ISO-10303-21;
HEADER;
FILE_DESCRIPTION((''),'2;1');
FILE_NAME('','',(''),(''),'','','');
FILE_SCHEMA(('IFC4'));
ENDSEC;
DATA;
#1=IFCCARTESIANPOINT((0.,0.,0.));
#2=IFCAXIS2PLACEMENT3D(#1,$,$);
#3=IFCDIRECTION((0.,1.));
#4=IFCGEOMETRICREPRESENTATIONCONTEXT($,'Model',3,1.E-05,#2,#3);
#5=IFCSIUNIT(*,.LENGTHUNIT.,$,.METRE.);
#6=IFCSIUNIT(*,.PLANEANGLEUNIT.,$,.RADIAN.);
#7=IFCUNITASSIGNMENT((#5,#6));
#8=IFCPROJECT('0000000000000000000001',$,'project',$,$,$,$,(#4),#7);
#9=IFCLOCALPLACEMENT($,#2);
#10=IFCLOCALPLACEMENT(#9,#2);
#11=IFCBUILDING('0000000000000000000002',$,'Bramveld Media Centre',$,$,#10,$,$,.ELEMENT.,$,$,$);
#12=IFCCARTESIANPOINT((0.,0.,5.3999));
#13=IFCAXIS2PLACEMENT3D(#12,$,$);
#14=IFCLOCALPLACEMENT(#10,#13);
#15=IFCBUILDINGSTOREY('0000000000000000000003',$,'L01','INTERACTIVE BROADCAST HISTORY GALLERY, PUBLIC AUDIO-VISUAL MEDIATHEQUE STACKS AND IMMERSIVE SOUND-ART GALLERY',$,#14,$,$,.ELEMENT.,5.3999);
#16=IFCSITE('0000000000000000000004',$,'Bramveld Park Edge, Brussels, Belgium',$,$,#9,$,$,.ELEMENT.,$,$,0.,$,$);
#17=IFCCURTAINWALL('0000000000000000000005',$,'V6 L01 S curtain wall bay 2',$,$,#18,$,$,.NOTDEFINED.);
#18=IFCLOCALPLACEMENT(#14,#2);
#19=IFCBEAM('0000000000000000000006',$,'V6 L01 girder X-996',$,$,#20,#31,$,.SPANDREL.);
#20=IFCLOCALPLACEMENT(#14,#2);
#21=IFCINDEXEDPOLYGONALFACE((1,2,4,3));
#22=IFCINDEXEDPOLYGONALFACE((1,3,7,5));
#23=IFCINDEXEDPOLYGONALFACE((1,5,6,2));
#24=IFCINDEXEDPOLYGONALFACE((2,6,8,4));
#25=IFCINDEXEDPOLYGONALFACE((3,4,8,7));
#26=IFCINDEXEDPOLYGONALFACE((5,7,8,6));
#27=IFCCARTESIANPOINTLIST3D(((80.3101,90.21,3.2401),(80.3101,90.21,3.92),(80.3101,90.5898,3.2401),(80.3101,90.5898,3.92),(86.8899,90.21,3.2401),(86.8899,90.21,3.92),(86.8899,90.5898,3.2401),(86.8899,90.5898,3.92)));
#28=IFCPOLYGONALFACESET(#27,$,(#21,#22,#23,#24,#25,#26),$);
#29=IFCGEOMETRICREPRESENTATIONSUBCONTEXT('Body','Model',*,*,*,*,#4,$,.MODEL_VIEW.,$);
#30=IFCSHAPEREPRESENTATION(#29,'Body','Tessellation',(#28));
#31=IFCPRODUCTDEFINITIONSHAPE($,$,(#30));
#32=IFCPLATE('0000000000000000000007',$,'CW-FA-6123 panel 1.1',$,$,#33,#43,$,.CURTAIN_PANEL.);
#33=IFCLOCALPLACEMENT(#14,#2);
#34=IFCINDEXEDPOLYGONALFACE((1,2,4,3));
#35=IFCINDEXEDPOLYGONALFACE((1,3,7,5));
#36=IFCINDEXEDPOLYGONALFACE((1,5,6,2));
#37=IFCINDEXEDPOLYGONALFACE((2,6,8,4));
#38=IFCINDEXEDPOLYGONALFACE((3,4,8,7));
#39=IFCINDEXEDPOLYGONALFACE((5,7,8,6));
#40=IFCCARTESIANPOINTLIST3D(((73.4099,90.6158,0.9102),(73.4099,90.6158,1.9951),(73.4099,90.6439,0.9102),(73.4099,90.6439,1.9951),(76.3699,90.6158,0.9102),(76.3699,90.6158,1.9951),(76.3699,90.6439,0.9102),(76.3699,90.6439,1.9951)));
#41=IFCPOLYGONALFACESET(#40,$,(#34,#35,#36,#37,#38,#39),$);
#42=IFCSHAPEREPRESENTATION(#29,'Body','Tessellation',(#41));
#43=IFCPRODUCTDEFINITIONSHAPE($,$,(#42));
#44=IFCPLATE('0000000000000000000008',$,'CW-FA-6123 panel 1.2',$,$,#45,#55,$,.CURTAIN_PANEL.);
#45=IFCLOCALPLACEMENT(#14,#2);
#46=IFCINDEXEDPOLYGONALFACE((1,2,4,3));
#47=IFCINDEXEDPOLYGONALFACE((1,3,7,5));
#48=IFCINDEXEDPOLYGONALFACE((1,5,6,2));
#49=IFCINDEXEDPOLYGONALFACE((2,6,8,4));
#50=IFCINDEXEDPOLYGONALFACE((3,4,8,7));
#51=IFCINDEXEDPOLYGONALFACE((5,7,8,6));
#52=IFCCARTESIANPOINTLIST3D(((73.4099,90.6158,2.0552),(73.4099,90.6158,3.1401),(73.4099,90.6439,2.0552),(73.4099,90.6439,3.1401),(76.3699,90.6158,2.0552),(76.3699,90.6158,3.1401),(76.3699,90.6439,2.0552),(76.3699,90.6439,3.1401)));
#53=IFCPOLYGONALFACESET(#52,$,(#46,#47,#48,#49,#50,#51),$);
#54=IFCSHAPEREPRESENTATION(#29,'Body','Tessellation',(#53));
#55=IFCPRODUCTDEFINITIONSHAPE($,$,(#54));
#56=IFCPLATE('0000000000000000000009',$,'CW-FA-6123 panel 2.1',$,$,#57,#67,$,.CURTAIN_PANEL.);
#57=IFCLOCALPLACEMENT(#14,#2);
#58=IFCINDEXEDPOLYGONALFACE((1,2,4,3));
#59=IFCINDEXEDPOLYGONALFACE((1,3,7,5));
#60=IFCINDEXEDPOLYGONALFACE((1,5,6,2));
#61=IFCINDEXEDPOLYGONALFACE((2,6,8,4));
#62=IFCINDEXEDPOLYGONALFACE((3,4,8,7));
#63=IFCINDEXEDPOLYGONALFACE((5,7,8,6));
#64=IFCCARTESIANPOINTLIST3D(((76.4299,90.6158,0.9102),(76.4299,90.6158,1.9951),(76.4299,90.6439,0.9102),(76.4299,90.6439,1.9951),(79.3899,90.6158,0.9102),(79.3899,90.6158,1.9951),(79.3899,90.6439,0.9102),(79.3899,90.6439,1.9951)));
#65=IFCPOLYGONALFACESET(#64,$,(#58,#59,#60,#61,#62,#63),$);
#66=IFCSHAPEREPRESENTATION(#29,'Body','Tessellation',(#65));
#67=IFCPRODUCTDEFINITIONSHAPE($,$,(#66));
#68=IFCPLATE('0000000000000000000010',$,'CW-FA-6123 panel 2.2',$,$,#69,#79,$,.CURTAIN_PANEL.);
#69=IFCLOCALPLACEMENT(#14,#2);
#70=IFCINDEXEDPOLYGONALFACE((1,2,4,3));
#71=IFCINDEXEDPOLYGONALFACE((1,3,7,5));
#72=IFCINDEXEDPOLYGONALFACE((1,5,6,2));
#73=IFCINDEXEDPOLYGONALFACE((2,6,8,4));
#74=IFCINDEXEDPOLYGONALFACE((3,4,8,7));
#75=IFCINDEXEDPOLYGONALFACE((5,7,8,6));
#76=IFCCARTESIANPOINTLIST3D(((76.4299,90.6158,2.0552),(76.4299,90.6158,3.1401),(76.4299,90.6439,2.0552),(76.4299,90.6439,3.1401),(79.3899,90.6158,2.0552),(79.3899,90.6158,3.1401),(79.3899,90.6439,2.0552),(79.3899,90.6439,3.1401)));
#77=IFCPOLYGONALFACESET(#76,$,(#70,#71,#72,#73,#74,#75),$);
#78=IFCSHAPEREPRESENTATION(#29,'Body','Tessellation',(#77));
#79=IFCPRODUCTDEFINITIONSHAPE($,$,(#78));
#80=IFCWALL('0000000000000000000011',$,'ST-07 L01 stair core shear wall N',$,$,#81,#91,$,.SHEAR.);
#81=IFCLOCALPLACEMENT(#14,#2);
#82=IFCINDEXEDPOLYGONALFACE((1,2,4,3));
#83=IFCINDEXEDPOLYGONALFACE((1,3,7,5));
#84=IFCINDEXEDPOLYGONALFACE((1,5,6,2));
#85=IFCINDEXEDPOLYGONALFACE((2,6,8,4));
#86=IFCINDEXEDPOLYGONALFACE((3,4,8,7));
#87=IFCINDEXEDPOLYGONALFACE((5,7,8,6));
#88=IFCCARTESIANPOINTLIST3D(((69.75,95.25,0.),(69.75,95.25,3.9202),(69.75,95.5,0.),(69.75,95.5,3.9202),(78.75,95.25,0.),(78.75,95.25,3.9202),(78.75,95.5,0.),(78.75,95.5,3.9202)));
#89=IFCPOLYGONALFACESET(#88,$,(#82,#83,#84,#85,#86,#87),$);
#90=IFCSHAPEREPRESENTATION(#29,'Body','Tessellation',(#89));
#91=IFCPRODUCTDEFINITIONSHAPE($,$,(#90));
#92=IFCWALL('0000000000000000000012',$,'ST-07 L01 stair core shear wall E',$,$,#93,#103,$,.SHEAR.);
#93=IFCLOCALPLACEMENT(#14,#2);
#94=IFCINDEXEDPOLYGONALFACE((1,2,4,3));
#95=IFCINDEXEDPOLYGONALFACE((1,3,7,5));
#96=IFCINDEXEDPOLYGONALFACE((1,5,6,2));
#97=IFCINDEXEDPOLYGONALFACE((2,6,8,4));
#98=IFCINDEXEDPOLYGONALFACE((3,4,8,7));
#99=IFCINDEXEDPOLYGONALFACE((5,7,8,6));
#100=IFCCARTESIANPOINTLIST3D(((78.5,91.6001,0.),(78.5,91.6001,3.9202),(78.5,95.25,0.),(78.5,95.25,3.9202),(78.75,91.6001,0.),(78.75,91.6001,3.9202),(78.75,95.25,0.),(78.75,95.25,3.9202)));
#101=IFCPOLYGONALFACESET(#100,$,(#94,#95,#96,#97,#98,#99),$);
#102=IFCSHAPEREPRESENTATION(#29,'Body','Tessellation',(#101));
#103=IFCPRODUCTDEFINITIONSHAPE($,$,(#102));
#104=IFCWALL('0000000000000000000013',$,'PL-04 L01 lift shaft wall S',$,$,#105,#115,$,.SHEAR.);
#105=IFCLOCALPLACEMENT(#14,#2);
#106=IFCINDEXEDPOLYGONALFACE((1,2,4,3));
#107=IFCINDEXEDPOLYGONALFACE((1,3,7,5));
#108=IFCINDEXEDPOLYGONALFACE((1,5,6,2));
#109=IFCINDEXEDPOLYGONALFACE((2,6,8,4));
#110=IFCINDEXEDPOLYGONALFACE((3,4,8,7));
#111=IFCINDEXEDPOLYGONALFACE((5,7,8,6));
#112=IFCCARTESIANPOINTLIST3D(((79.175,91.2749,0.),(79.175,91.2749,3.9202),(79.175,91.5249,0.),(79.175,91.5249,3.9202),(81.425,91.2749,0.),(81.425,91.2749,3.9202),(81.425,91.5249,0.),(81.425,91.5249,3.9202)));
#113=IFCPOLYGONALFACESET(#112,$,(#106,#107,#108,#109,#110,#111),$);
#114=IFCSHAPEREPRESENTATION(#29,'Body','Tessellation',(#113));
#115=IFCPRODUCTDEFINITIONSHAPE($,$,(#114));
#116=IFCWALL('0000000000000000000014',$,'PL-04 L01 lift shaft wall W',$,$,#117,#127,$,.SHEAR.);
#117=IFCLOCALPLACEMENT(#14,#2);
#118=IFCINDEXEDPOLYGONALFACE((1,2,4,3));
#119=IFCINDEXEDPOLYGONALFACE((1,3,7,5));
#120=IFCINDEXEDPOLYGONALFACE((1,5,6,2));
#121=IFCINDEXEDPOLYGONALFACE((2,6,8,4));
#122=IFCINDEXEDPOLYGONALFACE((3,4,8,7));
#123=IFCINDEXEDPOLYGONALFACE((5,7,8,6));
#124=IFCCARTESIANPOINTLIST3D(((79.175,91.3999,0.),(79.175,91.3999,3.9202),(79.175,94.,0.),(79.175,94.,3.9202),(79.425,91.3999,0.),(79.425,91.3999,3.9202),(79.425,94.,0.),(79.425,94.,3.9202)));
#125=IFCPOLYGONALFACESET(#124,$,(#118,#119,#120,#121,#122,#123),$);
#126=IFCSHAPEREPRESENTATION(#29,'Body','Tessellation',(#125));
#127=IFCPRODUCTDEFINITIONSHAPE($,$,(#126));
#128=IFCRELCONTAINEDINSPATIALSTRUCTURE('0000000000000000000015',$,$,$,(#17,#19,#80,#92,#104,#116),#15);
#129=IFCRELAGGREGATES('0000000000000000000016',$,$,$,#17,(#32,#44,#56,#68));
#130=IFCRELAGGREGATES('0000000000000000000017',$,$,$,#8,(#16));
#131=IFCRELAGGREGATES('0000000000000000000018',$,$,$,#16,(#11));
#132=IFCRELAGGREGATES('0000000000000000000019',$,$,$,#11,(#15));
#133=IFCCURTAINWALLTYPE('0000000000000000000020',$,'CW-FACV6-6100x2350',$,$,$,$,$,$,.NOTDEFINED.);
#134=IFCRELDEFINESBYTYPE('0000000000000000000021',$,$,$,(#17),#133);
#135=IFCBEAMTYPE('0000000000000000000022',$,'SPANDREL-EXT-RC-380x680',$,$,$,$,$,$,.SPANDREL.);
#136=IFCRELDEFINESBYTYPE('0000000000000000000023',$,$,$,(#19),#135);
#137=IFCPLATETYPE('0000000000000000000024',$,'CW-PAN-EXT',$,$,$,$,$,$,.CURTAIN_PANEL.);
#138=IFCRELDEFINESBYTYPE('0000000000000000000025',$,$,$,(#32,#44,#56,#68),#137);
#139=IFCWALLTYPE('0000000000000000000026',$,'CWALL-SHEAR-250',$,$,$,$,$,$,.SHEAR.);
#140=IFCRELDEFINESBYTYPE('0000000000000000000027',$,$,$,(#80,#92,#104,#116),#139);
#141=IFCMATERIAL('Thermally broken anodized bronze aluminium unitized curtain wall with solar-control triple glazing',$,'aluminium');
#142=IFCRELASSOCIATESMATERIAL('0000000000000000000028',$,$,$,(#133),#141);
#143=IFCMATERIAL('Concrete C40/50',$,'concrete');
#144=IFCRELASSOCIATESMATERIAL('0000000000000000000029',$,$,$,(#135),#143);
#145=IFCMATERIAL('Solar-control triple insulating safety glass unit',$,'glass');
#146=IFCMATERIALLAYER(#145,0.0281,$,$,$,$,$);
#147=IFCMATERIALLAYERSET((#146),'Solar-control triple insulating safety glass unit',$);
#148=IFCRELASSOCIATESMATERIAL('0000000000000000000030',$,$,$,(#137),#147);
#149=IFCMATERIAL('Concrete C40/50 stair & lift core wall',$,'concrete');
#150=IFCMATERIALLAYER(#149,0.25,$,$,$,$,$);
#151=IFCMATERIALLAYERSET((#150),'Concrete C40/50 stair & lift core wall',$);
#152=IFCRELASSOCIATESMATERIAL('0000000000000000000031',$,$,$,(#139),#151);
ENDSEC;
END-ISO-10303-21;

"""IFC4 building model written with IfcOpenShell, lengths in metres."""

from ifc_helpers import new_model, si_unit, direction, frame, frame_2d, origin, origin_2d, place, context, subcontext, project, spatial, rectangle, extrude, material, layer, layer_set, material_profile, profile_set, type_object, element, aggregate, save


model = new_model("IFC4")

# Units and contexts
model_context = context("Model", 3, precision=1e-05, world=origin(), true_north=direction((0.0, 1.0)))
body_context = subcontext(model_context, "Body", "Model", "MODEL_VIEW")
ifc_project = project(units=[si_unit("LENGTHUNIT", "METRE"), si_unit("PLANEANGLEUNIT", "RADIAN")], contexts=[model_context])

# Site, building, storey
site_placement = place(None, origin())
site = spatial("IfcSite", under=ifc_project, at=site_placement, Name="Bramveld Park Edge, Brussels, Belgium", CompositionType="ELEMENT", RefElevation=0.0)
building_placement = place(site_placement, origin())
building = spatial("IfcBuilding", under=site, at=building_placement, Name="Bramveld Media Centre", CompositionType="ELEMENT")
storey_placement = place(building_placement, frame((0.0, 0.0, 5.3999)))
storey = spatial("IfcBuildingStorey", under=building, at=storey_placement, Name="L01", Description="INTERACTIVE BROADCAST HISTORY GALLERY, PUBLIC AUDIO-VISUAL MEDIATHEQUE STACKS AND IMMERSIVE SOUND-ART GALLERY", CompositionType="ELEMENT", Elevation=5.3999)

# Curtain wall
ifc_material_1 = material(Name="Thermally broken anodized bronze aluminium unitized curtain wall with solar-control triple glazing", Category="aluminium")
curtain_wall_type = type_object("IfcCurtainWallType", Name="CW-FACV6-6100x2350", PredefinedType="NOTDEFINED", material=ifc_material_1)
curtain_wall_1_placement = place(storey_placement, origin())
curtain_wall_1 = element("IfcCurtainWall", 1, at=curtain_wall_1_placement, inside=storey, type_object=curtain_wall_type, Name="V6 L01 S curtain wall bay 2", PredefinedType="NOTDEFINED")

# Beam
ifc_material_2 = material(Name="Concrete C40/50", Category="concrete")
ifc_material_profile_1 = material_profile(ifc_material_2, rectangle(XDim=0.3799, YDim=0.6799, at=origin_2d()), Name="RC 380x680")
ifc_profile_set_1 = profile_set([ifc_material_profile_1], Name="Concrete C40/50")
beam_type_1 = type_object("IfcBeamType", Name="SPANDREL-EXT-RC-380x680", PredefinedType="SPANDREL", material=ifc_profile_set_1)
beam_1_placement = place(storey_placement, frame((80.3101, 90.3999, 3.5801), z_axis=(1.0, 0.0, 0.0), x_axis=(0.0, 1.0, 0.0)))
element("IfcBeam", 2, at=beam_1_placement, inside=storey, type_object=beam_type_1, Name="V6 L01 girder X-996", PredefinedType="SPANDREL", context=body_context, shape_type="SweptSolid", body=[
    extrude(rectangle(XDim=0.3799, YDim=0.6799, at=origin_2d()), origin(), (0.0, 0.0, 1.0), 6.5798),
])

# Plates
ifc_material_3 = material(Name="Solar-control triple insulating safety glass unit", Category="glass")
ifc_layer_1 = layer(ifc_material_3, 0.0281)
ifc_layer_set_1 = layer_set([ifc_layer_1], Name="Solar-control triple insulating safety glass unit")
plate_type = type_object("IfcPlateType", Name="CW-PAN-EXT", PredefinedType="CURTAIN_PANEL", material=ifc_layer_set_1)
plate_1_placement = place(storey_placement, frame((74.8899, 90.6299, 0.9102), z_axis=(0.0, 0.0, 1.0), x_axis=(1.0, 0.0, 0.0)))
plate_1 = element("IfcPlate", 3, at=plate_1_placement, type_object=plate_type, Name="CW-FA-6123 panel 1.1", PredefinedType="CURTAIN_PANEL", context=body_context, shape_type="SweptSolid", body=[
    extrude(rectangle(XDim=2.96, YDim=0.0281, at=origin_2d()), origin(), (0.0, 0.0, 1.0), 1.085),
])
plate_2_placement = place(storey_placement, frame((74.8899, 90.6299, 2.0552), z_axis=(0.0, 0.0, 1.0), x_axis=(1.0, 0.0, 0.0)))
plate_2 = element("IfcPlate", 4, at=plate_2_placement, type_object=plate_type, Name="CW-FA-6123 panel 1.2", PredefinedType="CURTAIN_PANEL", context=body_context, shape_type="SweptSolid", body=[
    extrude(rectangle(XDim=2.96, YDim=0.0281, at=origin_2d()), origin(), (0.0, 0.0, 1.0), 1.085),
])
plate_3_placement = place(storey_placement, frame((77.9099, 90.6299, 0.9102), z_axis=(0.0, 0.0, 1.0), x_axis=(1.0, 0.0, 0.0)))
plate_3 = element("IfcPlate", 5, at=plate_3_placement, type_object=plate_type, Name="CW-FA-6123 panel 2.1", PredefinedType="CURTAIN_PANEL", context=body_context, shape_type="SweptSolid", body=[
    extrude(rectangle(XDim=2.96, YDim=0.0281, at=origin_2d()), origin(), (0.0, 0.0, 1.0), 1.085),
])
plate_4_placement = place(storey_placement, frame((77.9099, 90.6299, 2.0552), z_axis=(0.0, 0.0, 1.0), x_axis=(1.0, 0.0, 0.0)))
plate_4 = element("IfcPlate", 6, at=plate_4_placement, type_object=plate_type, Name="CW-FA-6123 panel 2.2", PredefinedType="CURTAIN_PANEL", context=body_context, shape_type="SweptSolid", body=[
    extrude(rectangle(XDim=2.96, YDim=0.0281, at=origin_2d()), origin(), (0.0, 0.0, 1.0), 1.085),
])
aggregate(curtain_wall_1, [plate_1, plate_2, plate_3, plate_4])

# Walls
ifc_material_4 = material(Name="Concrete C40/50 stair & lift core wall", Category="concrete")
ifc_layer_2 = layer(ifc_material_4, 0.25)
ifc_layer_set_2 = layer_set([ifc_layer_2], Name="Concrete C40/50 stair & lift core wall")
wall_type = type_object("IfcWallType", Name="CWALL-SHEAR-250", PredefinedType="SHEAR", material=ifc_layer_set_2)
wall_1_placement = place(storey_placement, frame((78.75, 95.375, 0.0), z_axis=(0.0, 0.0, 1.0), x_axis=(-1.0, 0.0, 0.0)))
element("IfcWall", 7, at=wall_1_placement, inside=storey, type_object=wall_type, Name="ST-07 L01 stair core shear wall N", PredefinedType="SHEAR", context=body_context, shape_type="SweptSolid", body=[
    extrude(rectangle(XDim=9.0, YDim=0.25, at=frame_2d((4.5, 0.0))), origin(), (0.0, 0.0, 1.0), 3.9202),
])
wall_2_placement = place(storey_placement, frame((78.625, 91.6001, 0.0), z_axis=(0.0, 0.0, 1.0), x_axis=(0.0, 1.0, 0.0)))
element("IfcWall", 8, at=wall_2_placement, inside=storey, type_object=wall_type, Name="ST-07 L01 stair core shear wall E", PredefinedType="SHEAR", context=body_context, shape_type="SweptSolid", body=[
    extrude(rectangle(XDim=3.6499, YDim=0.25, at=frame_2d((1.825, 0.0))), origin(), (0.0, 0.0, 1.0), 3.9202),
])
wall_3_placement = place(storey_placement, frame((79.175, 91.3999, 0.0), z_axis=(0.0, 0.0, 1.0), x_axis=(1.0, 0.0, 0.0)))
element("IfcWall", 9, at=wall_3_placement, inside=storey, type_object=wall_type, Name="PL-04 L01 lift shaft wall S", PredefinedType="SHEAR", context=body_context, shape_type="SweptSolid", body=[
    extrude(rectangle(XDim=2.25, YDim=0.25, at=frame_2d((1.125, 0.0))), origin(), (0.0, 0.0, 1.0), 3.9202),
])
wall_4_placement = place(storey_placement, frame((79.3, 94.0, 0.0), z_axis=(0.0, 0.0, 1.0), x_axis=(0.0, -1.0, 0.0)))
element("IfcWall", 10, at=wall_4_placement, inside=storey, type_object=wall_type, Name="PL-04 L01 lift shaft wall W", PredefinedType="SHEAR", context=body_context, shape_type="SweptSolid", body=[
    extrude(rectangle(XDim=2.6001, YDim=0.25, at=frame_2d((1.3, 0.0))), origin(), (0.0, 0.0, 1.0), 3.9202),
])

save(model, "model.ifc")
